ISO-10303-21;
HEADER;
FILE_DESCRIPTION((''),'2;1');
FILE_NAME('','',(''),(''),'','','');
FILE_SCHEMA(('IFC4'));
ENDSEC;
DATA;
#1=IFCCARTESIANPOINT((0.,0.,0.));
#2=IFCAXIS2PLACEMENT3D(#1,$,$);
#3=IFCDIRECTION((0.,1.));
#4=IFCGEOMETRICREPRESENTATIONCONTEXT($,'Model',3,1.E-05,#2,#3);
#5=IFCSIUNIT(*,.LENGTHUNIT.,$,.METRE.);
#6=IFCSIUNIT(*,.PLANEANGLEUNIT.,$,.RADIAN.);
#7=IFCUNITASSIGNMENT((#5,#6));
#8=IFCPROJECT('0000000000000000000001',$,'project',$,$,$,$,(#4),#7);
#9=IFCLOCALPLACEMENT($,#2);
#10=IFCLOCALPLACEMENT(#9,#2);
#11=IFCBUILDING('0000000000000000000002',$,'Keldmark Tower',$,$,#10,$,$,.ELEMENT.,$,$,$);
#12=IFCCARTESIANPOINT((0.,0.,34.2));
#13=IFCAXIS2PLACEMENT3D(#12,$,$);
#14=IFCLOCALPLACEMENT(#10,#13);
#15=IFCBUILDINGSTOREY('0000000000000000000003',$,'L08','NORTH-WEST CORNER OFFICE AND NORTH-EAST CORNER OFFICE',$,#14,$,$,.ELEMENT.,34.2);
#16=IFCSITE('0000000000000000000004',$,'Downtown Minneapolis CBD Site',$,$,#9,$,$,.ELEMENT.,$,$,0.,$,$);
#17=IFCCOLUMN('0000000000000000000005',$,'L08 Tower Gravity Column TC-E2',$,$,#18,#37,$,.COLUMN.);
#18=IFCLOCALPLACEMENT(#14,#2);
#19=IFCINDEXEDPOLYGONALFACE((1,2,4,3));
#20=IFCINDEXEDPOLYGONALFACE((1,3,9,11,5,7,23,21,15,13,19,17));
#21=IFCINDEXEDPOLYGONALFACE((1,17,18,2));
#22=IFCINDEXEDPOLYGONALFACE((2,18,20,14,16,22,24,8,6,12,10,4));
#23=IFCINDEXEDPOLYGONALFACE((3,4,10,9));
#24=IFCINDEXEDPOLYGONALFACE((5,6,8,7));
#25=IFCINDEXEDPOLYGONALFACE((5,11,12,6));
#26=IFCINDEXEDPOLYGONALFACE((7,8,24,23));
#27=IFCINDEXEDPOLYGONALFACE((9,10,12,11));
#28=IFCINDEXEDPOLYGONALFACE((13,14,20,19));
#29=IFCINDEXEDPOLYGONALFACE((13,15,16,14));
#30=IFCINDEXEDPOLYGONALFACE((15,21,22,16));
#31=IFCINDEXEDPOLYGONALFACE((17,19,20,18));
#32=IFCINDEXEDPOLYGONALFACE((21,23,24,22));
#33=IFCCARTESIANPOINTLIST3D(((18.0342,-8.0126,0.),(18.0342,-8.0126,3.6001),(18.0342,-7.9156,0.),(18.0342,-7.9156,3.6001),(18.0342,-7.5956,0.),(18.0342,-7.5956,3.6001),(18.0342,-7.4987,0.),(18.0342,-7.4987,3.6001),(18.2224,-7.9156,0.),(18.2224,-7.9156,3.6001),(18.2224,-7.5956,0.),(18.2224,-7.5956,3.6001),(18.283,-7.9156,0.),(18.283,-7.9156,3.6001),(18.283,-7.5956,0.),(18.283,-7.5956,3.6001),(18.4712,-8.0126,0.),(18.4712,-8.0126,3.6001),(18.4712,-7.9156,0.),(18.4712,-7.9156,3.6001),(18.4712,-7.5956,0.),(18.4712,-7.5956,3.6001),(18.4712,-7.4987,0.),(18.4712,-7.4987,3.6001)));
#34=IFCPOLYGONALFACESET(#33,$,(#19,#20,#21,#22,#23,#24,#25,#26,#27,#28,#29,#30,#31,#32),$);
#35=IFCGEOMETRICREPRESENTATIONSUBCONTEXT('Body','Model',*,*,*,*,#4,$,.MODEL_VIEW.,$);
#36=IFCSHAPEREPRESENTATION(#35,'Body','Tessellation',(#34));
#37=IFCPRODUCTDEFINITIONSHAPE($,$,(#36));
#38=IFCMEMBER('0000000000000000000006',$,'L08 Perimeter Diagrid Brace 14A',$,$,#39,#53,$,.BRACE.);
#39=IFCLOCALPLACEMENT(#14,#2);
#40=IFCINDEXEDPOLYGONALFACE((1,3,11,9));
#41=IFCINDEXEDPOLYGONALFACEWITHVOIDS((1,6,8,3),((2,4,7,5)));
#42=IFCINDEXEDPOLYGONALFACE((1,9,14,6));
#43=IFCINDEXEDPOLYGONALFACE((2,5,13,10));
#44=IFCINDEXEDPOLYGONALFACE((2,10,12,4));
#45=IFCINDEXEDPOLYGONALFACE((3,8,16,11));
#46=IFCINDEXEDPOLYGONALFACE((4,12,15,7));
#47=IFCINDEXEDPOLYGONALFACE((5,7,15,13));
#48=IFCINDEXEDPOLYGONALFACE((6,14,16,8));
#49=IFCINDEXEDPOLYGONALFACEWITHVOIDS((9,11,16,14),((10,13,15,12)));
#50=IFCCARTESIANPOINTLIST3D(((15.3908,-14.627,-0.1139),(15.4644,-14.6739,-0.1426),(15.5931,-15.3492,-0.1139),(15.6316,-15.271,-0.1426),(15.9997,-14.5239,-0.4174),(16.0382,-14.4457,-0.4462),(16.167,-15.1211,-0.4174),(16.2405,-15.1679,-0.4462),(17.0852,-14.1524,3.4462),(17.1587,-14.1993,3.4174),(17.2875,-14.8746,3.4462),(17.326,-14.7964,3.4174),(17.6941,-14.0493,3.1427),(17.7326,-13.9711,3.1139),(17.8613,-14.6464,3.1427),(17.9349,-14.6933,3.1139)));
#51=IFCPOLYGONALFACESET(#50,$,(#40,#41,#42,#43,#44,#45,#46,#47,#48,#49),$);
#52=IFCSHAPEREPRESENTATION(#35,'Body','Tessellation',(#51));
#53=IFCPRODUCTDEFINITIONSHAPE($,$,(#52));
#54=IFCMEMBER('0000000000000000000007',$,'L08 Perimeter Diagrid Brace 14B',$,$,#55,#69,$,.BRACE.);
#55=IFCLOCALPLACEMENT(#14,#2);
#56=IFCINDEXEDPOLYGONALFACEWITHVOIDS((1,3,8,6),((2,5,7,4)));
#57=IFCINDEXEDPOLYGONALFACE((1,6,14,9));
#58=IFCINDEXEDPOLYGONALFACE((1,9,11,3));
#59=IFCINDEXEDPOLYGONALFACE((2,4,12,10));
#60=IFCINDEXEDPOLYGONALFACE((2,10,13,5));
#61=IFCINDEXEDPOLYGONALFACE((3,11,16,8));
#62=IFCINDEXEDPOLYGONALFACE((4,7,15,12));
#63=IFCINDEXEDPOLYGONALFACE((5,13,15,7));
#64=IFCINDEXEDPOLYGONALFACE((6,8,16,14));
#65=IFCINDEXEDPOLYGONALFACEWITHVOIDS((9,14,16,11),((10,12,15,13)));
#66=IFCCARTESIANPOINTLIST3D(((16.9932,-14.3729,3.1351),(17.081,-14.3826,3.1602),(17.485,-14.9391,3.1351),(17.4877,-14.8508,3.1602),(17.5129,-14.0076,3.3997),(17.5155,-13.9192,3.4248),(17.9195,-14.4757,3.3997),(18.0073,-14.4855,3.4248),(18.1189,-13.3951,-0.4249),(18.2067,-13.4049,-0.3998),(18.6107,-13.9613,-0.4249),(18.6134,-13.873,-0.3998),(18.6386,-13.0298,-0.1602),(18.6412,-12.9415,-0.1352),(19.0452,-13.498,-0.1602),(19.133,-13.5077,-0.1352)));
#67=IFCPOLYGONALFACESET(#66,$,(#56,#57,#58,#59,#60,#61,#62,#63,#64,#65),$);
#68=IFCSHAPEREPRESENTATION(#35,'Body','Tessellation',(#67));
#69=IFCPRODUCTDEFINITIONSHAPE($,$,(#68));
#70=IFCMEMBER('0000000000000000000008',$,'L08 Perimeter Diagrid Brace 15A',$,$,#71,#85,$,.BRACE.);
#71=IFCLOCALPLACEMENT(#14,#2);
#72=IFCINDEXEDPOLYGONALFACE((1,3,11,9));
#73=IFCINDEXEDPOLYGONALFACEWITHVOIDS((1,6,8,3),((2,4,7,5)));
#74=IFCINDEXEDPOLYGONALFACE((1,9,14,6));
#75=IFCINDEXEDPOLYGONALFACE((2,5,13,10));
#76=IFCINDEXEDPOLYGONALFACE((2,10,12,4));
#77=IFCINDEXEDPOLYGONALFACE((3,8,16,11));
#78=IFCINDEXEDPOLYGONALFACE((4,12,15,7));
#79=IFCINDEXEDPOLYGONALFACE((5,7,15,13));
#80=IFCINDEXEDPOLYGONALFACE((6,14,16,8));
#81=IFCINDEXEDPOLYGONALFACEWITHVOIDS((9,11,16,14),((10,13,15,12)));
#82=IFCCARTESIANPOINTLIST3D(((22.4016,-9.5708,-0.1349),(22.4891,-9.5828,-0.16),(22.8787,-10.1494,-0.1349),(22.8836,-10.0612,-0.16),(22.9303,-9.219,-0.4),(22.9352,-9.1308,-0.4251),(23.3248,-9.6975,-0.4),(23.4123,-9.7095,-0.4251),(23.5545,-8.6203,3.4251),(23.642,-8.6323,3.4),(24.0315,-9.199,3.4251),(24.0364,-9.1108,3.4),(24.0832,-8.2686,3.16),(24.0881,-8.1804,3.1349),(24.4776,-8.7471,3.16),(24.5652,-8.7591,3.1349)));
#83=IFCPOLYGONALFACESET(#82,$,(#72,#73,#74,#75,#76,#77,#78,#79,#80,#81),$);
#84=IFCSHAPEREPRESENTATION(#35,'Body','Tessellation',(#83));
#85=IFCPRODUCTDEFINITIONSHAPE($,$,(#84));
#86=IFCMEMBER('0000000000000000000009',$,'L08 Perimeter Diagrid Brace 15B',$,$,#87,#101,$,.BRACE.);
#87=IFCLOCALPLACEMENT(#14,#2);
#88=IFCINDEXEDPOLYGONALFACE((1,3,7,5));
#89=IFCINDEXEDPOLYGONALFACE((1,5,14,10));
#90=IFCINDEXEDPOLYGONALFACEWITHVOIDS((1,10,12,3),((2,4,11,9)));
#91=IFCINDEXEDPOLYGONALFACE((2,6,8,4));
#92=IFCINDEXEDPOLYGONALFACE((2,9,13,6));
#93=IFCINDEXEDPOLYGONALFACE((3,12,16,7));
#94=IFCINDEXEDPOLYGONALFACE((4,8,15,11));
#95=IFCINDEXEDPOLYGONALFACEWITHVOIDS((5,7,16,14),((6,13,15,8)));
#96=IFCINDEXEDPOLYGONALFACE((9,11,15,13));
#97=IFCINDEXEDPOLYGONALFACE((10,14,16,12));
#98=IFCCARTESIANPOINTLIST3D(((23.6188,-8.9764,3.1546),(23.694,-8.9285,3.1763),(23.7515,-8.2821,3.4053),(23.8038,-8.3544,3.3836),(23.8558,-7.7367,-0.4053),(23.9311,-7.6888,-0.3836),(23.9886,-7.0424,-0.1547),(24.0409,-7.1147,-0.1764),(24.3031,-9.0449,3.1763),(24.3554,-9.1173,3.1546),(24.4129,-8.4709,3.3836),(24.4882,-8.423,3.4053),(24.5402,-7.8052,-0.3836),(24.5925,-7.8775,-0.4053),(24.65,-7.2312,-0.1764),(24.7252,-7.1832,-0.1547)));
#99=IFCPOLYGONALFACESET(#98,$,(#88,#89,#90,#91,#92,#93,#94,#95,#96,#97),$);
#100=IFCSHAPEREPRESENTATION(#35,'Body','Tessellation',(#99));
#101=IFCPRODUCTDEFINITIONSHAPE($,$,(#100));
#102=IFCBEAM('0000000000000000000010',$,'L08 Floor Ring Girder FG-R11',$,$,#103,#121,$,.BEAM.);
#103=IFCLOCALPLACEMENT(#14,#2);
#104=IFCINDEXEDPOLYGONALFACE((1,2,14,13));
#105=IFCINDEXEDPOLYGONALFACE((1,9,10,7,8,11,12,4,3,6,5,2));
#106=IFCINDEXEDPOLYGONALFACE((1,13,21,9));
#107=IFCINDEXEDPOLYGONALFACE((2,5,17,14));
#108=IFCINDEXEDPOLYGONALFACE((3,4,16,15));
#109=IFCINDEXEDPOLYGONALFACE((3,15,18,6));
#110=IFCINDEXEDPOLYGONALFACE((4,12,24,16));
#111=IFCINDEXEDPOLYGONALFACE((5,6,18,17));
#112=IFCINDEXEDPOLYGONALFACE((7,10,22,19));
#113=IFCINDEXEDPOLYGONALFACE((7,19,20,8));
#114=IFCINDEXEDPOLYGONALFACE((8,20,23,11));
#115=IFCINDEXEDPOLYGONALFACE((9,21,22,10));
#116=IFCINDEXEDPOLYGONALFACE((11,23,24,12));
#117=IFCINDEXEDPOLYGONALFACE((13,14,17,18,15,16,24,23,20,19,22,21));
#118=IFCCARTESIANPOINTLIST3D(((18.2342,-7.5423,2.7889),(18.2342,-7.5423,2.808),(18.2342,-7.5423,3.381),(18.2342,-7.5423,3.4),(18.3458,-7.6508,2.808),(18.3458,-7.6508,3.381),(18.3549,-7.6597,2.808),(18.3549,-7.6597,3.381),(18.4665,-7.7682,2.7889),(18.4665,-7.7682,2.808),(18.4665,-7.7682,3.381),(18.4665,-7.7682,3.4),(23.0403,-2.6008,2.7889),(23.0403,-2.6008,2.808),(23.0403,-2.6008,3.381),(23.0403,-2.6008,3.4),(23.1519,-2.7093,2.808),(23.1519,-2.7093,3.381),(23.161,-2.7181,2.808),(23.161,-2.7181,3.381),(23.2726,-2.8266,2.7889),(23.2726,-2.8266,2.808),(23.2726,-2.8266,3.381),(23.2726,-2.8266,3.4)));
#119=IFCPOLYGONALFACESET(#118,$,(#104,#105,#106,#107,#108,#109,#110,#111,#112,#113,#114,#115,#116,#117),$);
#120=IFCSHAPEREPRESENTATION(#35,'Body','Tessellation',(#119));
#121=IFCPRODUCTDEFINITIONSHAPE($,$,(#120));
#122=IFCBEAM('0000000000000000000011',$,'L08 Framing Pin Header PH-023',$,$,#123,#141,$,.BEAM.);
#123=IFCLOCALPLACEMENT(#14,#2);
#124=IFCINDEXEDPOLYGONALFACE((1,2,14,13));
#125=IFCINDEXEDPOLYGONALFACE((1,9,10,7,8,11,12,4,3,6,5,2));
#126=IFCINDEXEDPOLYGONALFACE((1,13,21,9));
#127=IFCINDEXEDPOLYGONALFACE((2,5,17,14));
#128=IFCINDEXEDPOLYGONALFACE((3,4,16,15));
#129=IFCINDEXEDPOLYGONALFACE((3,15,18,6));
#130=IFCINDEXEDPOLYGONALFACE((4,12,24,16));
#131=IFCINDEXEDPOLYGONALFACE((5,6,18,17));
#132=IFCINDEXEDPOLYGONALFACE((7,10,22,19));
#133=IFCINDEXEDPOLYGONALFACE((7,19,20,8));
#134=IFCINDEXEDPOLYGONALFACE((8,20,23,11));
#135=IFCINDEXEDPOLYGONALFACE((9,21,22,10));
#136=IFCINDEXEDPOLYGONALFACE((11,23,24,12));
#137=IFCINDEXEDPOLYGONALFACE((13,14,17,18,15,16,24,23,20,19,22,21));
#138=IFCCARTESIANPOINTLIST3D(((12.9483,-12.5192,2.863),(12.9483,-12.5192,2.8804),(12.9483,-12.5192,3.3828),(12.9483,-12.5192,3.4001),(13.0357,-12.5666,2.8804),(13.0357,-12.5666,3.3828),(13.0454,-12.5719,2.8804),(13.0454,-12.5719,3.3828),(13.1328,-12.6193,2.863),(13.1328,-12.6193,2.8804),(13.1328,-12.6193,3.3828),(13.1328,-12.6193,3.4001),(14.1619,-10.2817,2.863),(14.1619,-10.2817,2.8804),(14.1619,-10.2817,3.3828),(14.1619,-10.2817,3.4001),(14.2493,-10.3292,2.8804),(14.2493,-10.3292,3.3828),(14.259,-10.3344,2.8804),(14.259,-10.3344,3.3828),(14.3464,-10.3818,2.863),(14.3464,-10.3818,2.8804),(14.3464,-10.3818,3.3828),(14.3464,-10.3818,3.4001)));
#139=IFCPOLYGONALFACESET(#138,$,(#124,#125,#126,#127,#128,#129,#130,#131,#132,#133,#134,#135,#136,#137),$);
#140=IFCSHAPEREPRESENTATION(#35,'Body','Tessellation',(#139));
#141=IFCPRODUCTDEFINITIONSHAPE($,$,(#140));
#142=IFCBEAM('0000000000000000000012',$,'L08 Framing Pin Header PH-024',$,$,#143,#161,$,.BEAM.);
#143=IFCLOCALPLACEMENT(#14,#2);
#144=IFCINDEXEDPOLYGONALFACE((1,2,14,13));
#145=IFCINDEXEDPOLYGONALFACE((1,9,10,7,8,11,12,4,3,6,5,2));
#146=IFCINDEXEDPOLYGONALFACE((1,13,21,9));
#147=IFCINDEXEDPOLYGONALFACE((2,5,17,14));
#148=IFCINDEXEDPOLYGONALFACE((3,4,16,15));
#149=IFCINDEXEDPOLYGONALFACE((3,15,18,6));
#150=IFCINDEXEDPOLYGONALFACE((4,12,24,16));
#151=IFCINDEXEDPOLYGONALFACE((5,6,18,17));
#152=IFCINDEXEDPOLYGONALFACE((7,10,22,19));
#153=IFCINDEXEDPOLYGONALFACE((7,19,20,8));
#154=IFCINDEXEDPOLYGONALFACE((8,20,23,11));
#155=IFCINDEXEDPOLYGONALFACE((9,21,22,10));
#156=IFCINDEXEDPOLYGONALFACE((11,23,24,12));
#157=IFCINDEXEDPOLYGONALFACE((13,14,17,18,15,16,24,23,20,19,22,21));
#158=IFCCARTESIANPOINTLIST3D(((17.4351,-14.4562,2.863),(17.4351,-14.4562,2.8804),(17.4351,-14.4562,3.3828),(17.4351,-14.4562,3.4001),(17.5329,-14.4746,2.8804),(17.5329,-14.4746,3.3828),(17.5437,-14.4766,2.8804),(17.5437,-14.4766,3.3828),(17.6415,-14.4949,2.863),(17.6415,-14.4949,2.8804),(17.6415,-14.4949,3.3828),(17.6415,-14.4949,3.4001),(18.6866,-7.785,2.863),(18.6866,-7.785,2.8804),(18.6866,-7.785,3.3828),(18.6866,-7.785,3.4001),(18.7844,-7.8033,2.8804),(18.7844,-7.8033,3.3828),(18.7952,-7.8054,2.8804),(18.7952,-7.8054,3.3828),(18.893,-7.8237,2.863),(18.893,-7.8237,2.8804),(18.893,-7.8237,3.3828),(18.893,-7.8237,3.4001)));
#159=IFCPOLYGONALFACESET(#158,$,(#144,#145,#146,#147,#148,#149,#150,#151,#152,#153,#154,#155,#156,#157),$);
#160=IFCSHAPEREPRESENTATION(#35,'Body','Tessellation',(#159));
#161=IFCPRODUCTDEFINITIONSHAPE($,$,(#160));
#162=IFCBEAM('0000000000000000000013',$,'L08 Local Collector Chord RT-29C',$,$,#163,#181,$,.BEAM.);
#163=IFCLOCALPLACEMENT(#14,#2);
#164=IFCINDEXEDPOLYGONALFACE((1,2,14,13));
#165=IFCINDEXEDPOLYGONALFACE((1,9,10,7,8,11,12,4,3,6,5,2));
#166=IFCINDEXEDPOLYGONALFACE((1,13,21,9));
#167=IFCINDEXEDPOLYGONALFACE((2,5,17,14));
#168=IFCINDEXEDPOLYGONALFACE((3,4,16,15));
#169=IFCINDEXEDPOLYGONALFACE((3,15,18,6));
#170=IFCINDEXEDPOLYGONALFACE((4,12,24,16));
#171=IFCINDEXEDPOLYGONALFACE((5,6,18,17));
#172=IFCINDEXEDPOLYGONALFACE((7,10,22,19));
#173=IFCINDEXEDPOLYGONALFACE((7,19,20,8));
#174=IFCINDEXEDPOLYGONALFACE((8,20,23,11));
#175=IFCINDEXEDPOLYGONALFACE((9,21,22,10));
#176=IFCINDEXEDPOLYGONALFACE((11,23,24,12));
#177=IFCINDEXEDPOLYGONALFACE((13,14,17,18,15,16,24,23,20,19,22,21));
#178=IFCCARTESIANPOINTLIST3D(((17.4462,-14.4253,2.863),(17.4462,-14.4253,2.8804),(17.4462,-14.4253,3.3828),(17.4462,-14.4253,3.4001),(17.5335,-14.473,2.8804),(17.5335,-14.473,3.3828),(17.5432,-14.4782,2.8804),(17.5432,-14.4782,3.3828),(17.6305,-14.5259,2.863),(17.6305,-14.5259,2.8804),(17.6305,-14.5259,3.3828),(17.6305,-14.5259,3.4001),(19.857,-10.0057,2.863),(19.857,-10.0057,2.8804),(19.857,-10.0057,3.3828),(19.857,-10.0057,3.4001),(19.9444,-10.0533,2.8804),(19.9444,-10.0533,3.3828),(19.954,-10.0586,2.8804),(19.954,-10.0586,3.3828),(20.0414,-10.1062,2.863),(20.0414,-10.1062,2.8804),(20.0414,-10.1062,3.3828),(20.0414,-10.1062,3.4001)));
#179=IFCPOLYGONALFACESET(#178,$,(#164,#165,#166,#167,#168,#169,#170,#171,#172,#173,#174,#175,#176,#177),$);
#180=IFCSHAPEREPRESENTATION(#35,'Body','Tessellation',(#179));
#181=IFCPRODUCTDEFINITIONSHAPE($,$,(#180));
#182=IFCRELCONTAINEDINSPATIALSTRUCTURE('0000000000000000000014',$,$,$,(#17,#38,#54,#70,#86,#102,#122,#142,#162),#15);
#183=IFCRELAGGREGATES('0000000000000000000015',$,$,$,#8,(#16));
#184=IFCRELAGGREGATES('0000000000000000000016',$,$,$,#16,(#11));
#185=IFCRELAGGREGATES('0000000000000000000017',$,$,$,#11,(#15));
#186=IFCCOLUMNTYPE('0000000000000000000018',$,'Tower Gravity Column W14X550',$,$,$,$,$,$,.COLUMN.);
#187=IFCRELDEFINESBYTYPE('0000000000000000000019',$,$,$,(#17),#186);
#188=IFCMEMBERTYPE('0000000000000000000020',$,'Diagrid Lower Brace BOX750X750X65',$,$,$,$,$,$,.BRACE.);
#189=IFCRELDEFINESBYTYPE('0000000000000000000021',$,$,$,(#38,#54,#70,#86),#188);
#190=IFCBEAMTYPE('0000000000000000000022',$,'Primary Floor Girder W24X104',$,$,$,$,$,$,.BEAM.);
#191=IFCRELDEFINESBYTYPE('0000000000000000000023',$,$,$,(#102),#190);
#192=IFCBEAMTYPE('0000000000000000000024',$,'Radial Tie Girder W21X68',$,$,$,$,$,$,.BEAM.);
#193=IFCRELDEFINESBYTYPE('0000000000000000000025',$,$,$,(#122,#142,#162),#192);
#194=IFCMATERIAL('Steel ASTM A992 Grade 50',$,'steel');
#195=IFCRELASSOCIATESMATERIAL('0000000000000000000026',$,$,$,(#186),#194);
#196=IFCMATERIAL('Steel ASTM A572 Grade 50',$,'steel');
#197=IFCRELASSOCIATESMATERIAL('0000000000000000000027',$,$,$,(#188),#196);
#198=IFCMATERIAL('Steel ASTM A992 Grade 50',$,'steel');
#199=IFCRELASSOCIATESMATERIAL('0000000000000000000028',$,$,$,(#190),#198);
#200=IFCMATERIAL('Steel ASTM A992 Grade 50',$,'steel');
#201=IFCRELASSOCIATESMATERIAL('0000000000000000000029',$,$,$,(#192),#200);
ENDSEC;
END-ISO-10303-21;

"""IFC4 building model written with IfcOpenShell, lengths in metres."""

from ifc_helpers import new_model, si_unit, direction, frame, origin, origin_2d, place, context, subcontext, project, spatial, hollow_rectangle, i_section, extrude, material, material_profile, profile_set, type_object, element, save


model = new_model("IFC4")

# Units and contexts
model_context = context("Model", 3, precision=1e-05, world=origin(), true_north=direction((0.0, 1.0)))
body_context = subcontext(model_context, "Body", "Model", "MODEL_VIEW")
ifc_project = project(units=[si_unit("LENGTHUNIT", "METRE"), si_unit("PLANEANGLEUNIT", "RADIAN")], contexts=[model_context])

# Site, building, storey
site_placement = place(None, origin())
site = spatial("IfcSite", under=ifc_project, at=site_placement, Name="Downtown Minneapolis CBD Site", CompositionType="ELEMENT", RefElevation=0.0)
building_placement = place(site_placement, origin())
building = spatial("IfcBuilding", under=site, at=building_placement, Name="Keldmark Tower", CompositionType="ELEMENT")
storey_placement = place(building_placement, frame((0.0, 0.0, 34.2)))
storey = spatial("IfcBuildingStorey", under=building, at=storey_placement, Name="L08", Description="NORTH-WEST CORNER OFFICE AND NORTH-EAST CORNER OFFICE", CompositionType="ELEMENT", Elevation=34.2)

# Column
ifc_material_1 = material(Name="Steel ASTM A992 Grade 50", Category="steel")
ifc_material_profile_1 = material_profile(ifc_material_1, i_section(OverallWidth=0.437, OverallDepth=0.5139, WebThickness=0.0605, FlangeThickness=0.0969, at=origin_2d()), Name="W14X550")
ifc_profile_set_1 = profile_set([ifc_material_profile_1], Name="Steel ASTM A992 Grade 50")
column_type = type_object("IfcColumnType", Name="Tower Gravity Column W14X550", PredefinedType="COLUMN", material=ifc_profile_set_1)
column_placement = place(storey_placement, frame((18.2527, -7.7556, 0.0), z_axis=(0.0, 0.0, 1.0), x_axis=(1.0, 0.0, 0.0)))
element("IfcColumn", 1, at=column_placement, inside=storey, type_object=column_type, Name="L08 Tower Gravity Column TC-E2", PredefinedType="COLUMN", context=body_context, shape_type="SweptSolid", body=[
    extrude(i_section(OverallWidth=0.437, OverallDepth=0.5139, WebThickness=0.0605, FlangeThickness=0.0969, at=origin_2d()), origin(), (0.0, 0.0, 1.0), 3.6001),
])

# Members
ifc_material_2 = material(Name="Steel ASTM A572 Grade 50", Category="steel")
ifc_material_profile_2 = material_profile(ifc_material_2, hollow_rectangle(XDim=0.75, YDim=0.75, WallThickness=0.0649, at=origin_2d()), Name="BOX750X750X65")
ifc_profile_set_2 = profile_set([ifc_material_profile_2], Name="Steel ASTM A572 Grade 50")
member_type = type_object("IfcMemberType", Name="Diagrid Lower Brace BOX750X750X65", PredefinedType="BRACE", material=ifc_profile_set_2)
member_1_placement = place(storey_placement, frame((15.8157, -14.8975, -0.28), z_axis=(0.426661, 0.119514, 0.89648), x_axis=(-0.269733, 0.962935, 0.0)))
element("IfcMember", 2, at=member_1_placement, inside=storey, type_object=member_type, Name="L08 Perimeter Diagrid Brace 14A", PredefinedType="BRACE", context=body_context, shape_type="SweptSolid", body=[
    extrude(hollow_rectangle(XDim=0.75, YDim=0.75, WallThickness=0.0649, at=origin_2d()), origin(), (0.0, 0.0, 1.0), 3.9712),
])
member_2_placement = place(storey_placement, frame((18.626, -13.4514, -0.28), z_axis=(-0.291663, -0.253331, 0.922365), x_axis=(0.655753, -0.754976, 0.0)))
element("IfcMember", 3, at=member_2_placement, inside=storey, type_object=member_type, Name="L08 Perimeter Diagrid Brace 14B", PredefinedType="BRACE", context=body_context, shape_type="SweptSolid", body=[
    extrude(hollow_rectangle(XDim=0.75, YDim=0.75, WallThickness=0.0649, at=origin_2d()), origin(), (0.0, 0.0, 1.0), 3.8596),
])
member_3_placement = place(storey_placement, frame((22.907, -9.6401, -0.28), z_axis=(0.298593, 0.246172, 0.922085), x_axis=(-0.636125, 0.771586, 0.0)))
element("IfcMember", 4, at=member_3_placement, inside=storey, type_object=member_type, Name="L08 Perimeter Diagrid Brace 15A", PredefinedType="BRACE", context=body_context, shape_type="SweptSolid", body=[
    extrude(hollow_rectangle(XDim=0.75, YDim=0.75, WallThickness=0.0649, at=origin_2d()), origin(), (0.0, 0.0, 1.0), 3.8608),
])
member_4_placement = place(storey_placement, frame((24.2905, -7.46, -0.28), z_axis=(-0.062761, -0.328219, 0.942514), x_axis=(0.982205, -0.187814, 0.0)))
element("IfcMember", 5, at=member_4_placement, inside=storey, type_object=member_type, Name="L08 Perimeter Diagrid Brace 15B", PredefinedType="BRACE", context=body_context, shape_type="SweptSolid", body=[
    extrude(hollow_rectangle(XDim=0.75, YDim=0.75, WallThickness=0.0649, at=origin_2d()), origin(), (0.0, 0.0, 1.0), 3.7771),
])

# Beams
ifc_material_3 = material(Name="Steel ASTM A992 Grade 50", Category="steel")
ifc_material_profile_3 = material_profile(ifc_material_3, i_section(OverallWidth=0.324, OverallDepth=0.6111, WebThickness=0.0127, FlangeThickness=0.019, at=origin_2d()), Name="W24X104")
ifc_profile_set_3 = profile_set([ifc_material_profile_3], Name="Steel ASTM A992 Grade 50")
beam_type_1 = type_object("IfcBeamType", Name="Primary Floor Girder W24X104", PredefinedType="BEAM", material=ifc_profile_set_3)
beam_1_placement = place(storey_placement, frame((18.3503, -7.6553, 3.0945), z_axis=(0.69721, 0.716867, 0.0), x_axis=(-0.716867, 0.69721, 0.0)))
element("IfcBeam", 6, at=beam_1_placement, inside=storey, type_object=beam_type_1, Name="L08 Floor Ring Girder FG-R11", PredefinedType="BEAM", context=body_context, shape_type="SweptSolid", body=[
    extrude(i_section(OverallWidth=0.324, OverallDepth=0.6111, WebThickness=0.0127, FlangeThickness=0.019, at=origin_2d()), origin(), (0.0, 0.0, 1.0), 6.8933),
])
ifc_material_4 = material(Name="Steel ASTM A992 Grade 50", Category="steel")
ifc_material_profile_4 = material_profile(ifc_material_4, i_section(OverallWidth=0.21, OverallDepth=0.5371, WebThickness=0.011, FlangeThickness=0.0173, at=origin_2d()), Name="W21X68")
ifc_profile_set_4 = profile_set([ifc_material_profile_4], Name="Steel ASTM A992 Grade 50")
beam_type_2 = type_object("IfcBeamType", Name="Radial Tie Girder W21X68", PredefinedType="BEAM", material=ifc_profile_set_4)
beam_2_placement = place(storey_placement, frame((14.2542, -10.3318, 3.1316), z_axis=(-0.476774, -0.879026, 0.0), x_axis=(0.879026, -0.476774, 0.0)))
element("IfcBeam", 7, at=beam_2_placement, inside=storey, type_object=beam_type_2, Name="L08 Framing Pin Header PH-023", PredefinedType="BEAM", context=body_context, shape_type="SweptSolid", body=[
    extrude(i_section(OverallWidth=0.21, OverallDepth=0.5371, WebThickness=0.011, FlangeThickness=0.0173, at=origin_2d()), origin(), (0.0, 0.0, 1.0), 2.5454),
])
beam_3_placement = place(storey_placement, frame((17.5383, -14.4756, 3.1316), z_axis=(0.184378, 0.982855, 0.0), x_axis=(-0.982855, 0.184378, 0.0)))
element("IfcBeam", 8, at=beam_3_placement, inside=storey, type_object=beam_type_2, Name="L08 Framing Pin Header PH-024", PredefinedType="BEAM", context=body_context, shape_type="SweptSolid", body=[
    extrude(i_section(OverallWidth=0.21, OverallDepth=0.5371, WebThickness=0.011, FlangeThickness=0.0173, at=origin_2d()), origin(), (0.0, 0.0, 1.0), 6.7876),
])
beam_4_placement = place(storey_placement, frame((17.5383, -14.4756, 3.1316), z_axis=(0.478876, 0.877883, 0.0), x_axis=(-0.877883, 0.478876, 0.0)))
element("IfcBeam", 9, at=beam_4_placement, inside=storey, type_object=beam_type_2, Name="L08 Local Collector Chord RT-29C", PredefinedType="BEAM", context=body_context, shape_type="SweptSolid", body=[
    extrude(i_section(OverallWidth=0.21, OverallDepth=0.5371, WebThickness=0.011, FlangeThickness=0.0173, at=origin_2d()), origin(), (0.0, 0.0, 1.0), 5.0344),
])

save(model, "model.ifc")
